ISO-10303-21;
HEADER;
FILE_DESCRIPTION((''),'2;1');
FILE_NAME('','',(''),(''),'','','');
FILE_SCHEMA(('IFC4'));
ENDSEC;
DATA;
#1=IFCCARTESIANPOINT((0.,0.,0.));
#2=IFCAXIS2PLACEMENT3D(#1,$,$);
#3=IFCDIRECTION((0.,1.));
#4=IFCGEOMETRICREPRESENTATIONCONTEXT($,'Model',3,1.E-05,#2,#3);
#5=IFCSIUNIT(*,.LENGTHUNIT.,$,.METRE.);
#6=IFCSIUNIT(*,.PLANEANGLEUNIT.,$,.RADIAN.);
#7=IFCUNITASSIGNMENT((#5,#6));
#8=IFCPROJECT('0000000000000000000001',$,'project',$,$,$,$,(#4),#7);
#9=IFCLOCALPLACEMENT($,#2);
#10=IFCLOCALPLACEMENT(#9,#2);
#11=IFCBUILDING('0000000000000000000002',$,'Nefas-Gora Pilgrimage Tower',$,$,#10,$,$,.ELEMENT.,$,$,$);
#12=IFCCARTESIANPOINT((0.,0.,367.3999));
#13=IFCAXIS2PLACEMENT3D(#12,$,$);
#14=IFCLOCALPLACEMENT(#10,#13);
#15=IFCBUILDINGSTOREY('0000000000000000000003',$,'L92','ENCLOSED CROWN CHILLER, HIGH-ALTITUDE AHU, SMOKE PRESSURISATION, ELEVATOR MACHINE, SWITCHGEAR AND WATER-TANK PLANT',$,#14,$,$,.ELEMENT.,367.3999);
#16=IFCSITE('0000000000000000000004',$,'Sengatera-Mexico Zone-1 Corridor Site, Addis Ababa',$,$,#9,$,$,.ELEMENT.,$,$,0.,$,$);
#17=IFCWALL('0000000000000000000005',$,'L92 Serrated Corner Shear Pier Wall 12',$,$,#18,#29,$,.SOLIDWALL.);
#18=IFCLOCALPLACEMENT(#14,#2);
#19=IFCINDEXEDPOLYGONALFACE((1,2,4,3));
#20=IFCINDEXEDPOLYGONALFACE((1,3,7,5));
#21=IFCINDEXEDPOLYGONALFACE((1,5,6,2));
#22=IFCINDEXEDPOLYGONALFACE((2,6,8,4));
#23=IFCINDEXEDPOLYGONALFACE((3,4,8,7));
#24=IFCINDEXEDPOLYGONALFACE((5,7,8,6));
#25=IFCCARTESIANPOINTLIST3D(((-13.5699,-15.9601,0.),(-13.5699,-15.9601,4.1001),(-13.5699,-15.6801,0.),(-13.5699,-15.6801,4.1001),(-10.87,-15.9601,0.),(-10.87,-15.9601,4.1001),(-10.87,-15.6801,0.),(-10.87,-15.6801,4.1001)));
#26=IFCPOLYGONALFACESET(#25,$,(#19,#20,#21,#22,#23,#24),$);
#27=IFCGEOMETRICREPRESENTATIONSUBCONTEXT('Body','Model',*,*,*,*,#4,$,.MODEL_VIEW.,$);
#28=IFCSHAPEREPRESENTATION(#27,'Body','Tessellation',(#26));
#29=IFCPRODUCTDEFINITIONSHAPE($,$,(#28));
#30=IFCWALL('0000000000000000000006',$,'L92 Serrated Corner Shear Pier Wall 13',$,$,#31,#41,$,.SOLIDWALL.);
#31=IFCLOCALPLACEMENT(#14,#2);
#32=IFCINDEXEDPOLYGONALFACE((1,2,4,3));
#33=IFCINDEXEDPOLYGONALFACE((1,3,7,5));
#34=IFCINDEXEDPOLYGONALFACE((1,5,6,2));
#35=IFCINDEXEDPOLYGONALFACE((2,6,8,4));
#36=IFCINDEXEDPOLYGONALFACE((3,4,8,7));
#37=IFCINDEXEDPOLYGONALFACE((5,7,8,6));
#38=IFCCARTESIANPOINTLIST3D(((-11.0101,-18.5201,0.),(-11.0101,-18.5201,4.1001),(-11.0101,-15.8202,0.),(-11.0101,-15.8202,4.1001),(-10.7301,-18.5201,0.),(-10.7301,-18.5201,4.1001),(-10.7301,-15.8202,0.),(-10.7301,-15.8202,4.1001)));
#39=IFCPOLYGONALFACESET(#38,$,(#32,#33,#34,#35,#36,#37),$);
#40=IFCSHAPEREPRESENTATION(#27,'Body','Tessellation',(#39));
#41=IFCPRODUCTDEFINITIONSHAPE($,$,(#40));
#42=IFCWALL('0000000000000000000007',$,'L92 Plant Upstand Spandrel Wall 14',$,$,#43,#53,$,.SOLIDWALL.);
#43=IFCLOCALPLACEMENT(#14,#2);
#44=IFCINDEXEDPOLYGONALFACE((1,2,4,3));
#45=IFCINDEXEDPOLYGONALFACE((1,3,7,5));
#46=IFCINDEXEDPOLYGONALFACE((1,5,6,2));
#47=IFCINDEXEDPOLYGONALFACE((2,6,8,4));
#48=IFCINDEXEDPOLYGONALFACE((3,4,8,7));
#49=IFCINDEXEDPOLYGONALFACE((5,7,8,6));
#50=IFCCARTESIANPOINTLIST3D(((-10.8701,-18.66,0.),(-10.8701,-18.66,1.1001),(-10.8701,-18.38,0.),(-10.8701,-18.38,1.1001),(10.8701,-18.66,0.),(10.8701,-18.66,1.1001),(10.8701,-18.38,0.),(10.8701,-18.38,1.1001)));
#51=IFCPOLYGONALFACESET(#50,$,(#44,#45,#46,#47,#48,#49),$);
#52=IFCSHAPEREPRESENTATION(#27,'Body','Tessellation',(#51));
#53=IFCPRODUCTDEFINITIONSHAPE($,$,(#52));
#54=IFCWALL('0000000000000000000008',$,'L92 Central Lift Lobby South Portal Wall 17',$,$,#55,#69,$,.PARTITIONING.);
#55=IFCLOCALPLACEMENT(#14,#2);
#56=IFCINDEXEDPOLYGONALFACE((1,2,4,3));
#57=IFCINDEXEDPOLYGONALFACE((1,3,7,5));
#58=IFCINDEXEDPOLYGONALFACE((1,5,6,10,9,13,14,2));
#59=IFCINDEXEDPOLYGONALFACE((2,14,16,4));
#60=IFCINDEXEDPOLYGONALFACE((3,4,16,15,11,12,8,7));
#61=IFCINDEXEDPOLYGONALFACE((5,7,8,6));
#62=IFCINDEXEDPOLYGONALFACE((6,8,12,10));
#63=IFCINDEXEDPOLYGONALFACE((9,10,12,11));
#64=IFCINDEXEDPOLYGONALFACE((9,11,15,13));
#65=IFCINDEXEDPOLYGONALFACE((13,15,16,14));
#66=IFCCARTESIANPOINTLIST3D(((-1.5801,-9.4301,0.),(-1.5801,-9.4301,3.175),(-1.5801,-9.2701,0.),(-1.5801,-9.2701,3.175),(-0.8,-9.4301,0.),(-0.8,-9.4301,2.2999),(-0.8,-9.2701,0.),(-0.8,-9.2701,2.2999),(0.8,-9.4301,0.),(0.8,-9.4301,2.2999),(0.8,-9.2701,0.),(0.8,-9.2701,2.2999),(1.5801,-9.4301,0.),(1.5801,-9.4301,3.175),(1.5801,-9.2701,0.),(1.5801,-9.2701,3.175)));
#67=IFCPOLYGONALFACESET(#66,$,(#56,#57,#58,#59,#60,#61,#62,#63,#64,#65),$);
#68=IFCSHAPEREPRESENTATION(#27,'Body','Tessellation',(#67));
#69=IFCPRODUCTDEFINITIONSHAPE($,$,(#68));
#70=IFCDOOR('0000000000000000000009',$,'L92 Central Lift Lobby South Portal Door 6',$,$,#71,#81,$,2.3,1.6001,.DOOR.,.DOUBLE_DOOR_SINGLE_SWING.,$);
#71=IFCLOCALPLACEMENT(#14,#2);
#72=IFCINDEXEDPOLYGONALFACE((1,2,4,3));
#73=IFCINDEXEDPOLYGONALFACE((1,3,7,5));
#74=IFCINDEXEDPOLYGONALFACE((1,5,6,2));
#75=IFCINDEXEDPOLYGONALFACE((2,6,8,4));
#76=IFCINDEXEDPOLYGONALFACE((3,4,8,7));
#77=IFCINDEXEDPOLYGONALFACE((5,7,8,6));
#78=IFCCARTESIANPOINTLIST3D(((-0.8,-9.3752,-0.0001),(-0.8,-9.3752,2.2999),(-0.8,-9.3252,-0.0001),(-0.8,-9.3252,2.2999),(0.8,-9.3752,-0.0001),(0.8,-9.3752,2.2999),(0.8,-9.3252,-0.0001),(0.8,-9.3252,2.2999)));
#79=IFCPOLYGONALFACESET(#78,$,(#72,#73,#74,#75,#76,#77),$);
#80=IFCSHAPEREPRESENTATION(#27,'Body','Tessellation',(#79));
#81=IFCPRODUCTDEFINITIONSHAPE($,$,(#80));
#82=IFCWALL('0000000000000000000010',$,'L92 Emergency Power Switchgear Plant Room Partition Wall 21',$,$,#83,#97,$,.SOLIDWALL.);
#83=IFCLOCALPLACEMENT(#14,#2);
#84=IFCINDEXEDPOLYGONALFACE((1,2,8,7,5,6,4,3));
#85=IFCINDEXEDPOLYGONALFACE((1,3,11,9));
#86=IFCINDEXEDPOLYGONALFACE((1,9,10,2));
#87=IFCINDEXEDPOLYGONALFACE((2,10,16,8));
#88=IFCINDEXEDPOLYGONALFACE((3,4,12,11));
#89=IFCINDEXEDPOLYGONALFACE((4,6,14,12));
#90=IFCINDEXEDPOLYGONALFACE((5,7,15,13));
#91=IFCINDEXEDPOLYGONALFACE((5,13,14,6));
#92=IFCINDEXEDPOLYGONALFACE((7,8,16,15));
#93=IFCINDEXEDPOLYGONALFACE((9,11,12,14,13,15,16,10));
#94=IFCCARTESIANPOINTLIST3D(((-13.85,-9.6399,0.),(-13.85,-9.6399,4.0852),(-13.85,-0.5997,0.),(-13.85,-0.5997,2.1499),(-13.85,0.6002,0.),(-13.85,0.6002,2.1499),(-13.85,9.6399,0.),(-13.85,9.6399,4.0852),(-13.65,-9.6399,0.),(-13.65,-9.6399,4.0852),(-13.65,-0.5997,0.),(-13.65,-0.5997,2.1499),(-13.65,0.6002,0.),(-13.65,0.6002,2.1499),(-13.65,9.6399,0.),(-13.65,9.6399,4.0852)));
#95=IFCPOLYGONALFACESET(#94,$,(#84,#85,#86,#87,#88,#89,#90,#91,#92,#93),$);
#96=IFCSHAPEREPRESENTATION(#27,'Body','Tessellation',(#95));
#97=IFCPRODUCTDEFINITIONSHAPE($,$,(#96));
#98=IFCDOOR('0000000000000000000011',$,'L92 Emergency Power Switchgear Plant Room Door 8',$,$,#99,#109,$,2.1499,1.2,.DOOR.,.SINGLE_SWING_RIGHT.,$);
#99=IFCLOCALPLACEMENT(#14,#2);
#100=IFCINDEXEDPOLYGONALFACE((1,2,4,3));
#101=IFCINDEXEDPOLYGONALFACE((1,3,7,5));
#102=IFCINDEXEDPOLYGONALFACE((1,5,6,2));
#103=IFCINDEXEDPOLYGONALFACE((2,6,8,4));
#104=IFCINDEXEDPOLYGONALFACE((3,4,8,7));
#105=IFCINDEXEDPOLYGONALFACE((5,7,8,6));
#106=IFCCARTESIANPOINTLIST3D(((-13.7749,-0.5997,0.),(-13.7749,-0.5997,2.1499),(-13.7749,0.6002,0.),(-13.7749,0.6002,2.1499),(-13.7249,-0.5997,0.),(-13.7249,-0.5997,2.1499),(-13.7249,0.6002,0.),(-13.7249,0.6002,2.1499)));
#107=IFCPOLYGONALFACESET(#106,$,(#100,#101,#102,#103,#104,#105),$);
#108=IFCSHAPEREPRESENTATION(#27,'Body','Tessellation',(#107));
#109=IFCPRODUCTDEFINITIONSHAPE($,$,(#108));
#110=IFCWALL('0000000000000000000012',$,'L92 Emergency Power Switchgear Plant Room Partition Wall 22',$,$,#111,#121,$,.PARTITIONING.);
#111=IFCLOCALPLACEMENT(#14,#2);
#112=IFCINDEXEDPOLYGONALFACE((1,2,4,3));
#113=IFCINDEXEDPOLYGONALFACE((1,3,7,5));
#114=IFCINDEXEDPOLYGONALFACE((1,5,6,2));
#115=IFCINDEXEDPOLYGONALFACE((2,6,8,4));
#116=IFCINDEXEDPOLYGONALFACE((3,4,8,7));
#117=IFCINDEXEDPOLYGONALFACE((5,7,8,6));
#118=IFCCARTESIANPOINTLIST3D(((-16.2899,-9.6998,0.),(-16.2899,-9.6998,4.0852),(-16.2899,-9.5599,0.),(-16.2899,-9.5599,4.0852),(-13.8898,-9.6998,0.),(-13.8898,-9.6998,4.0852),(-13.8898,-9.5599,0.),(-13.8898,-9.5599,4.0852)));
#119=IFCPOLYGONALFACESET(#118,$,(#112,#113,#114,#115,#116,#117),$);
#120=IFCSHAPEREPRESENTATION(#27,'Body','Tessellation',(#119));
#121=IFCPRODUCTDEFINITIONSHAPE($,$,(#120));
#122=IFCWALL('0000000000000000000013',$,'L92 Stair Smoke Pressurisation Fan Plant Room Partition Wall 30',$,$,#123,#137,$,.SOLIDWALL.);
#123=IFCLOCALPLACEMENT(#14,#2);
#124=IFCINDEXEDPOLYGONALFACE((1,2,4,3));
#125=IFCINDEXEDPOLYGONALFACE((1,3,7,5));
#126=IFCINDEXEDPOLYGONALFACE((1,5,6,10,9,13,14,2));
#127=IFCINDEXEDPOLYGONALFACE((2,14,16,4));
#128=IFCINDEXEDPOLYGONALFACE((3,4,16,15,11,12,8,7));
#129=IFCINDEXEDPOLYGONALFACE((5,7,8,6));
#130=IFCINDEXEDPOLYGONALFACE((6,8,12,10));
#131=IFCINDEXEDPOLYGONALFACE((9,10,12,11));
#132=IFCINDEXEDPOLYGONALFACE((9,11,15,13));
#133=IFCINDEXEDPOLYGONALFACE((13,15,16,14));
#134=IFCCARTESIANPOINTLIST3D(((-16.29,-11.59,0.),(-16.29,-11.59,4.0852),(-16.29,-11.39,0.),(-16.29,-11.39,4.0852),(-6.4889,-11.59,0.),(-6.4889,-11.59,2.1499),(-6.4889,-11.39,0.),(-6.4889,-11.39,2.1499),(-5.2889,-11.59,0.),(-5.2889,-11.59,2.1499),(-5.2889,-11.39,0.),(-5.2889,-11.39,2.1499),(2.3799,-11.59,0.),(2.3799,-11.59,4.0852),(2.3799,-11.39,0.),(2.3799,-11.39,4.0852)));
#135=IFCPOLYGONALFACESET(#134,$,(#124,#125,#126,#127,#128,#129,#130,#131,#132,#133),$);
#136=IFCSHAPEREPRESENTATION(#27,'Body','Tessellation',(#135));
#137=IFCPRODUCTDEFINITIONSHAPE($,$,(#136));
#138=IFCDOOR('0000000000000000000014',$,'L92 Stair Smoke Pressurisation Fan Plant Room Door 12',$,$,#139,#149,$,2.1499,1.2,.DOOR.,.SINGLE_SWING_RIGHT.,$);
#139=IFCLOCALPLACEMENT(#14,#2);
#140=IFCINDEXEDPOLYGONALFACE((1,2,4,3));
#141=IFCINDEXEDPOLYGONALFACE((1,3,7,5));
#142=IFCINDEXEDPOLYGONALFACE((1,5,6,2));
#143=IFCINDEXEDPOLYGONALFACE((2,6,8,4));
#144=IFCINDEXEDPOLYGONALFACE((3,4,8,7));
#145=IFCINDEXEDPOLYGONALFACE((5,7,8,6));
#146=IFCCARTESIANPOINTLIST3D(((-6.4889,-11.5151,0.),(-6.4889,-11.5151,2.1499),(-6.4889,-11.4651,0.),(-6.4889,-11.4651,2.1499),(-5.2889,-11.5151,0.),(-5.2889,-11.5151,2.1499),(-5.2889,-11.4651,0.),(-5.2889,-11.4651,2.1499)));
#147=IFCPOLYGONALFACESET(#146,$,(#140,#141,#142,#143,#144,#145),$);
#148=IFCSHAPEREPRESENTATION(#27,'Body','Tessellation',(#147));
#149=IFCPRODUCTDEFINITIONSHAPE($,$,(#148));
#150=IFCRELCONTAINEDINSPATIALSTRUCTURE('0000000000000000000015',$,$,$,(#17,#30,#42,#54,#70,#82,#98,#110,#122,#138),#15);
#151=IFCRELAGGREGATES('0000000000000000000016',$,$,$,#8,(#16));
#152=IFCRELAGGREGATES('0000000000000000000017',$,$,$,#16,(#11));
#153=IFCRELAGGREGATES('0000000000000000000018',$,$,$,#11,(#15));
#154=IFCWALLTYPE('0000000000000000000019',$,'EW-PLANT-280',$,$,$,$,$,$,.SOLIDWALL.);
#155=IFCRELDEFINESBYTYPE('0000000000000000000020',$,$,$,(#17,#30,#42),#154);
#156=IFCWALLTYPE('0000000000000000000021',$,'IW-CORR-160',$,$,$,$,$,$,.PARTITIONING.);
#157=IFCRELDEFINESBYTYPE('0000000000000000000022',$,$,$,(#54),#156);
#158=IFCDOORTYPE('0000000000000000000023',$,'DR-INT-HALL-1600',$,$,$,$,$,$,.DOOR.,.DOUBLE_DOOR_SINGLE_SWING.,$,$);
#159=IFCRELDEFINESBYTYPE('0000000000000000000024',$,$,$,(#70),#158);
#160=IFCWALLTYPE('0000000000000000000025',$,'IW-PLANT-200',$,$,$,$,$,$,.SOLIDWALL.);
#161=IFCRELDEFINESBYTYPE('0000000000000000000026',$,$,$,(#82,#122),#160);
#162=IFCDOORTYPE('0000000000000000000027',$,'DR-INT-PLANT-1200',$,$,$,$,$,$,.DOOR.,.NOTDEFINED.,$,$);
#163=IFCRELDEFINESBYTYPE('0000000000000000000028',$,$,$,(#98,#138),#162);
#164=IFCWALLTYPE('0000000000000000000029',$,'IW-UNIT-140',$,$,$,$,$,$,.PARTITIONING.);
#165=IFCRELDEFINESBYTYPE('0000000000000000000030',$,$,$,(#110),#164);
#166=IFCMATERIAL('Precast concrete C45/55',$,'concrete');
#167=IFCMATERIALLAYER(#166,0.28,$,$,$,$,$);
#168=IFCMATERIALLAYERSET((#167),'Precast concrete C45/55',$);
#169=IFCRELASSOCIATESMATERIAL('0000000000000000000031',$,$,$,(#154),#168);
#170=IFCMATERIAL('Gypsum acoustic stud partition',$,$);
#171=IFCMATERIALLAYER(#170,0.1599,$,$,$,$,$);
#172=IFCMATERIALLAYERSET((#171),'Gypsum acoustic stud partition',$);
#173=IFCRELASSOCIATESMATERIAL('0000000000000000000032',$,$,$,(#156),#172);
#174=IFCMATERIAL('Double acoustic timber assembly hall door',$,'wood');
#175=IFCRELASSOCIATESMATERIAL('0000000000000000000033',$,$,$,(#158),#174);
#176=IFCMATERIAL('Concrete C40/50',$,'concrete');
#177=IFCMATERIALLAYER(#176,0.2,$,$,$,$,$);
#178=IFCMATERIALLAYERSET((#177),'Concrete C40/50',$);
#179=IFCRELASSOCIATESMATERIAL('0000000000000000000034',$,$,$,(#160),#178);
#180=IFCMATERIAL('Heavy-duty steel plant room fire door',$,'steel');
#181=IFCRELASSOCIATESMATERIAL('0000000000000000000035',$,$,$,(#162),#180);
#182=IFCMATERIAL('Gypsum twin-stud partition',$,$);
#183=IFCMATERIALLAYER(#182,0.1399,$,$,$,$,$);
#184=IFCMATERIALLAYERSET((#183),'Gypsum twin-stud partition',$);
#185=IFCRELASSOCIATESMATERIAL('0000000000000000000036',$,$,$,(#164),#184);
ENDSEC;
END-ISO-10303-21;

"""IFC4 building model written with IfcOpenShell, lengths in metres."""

from ifc_helpers import new_model, si_unit, direction, frame, frame_2d, origin, place, context, subcontext, project, spatial, rectangle, extrude, source, transform, mapped, material, layer, layer_set, type_object, element, fill, save


model = new_model("IFC4")

# Units and contexts
model_context = context("Model", 3, precision=1e-05, world=origin(), true_north=direction((0.0, 1.0)))
body_context = subcontext(model_context, "Body", "Model", "MODEL_VIEW")
ifc_project = project(units=[si_unit("LENGTHUNIT", "METRE"), si_unit("PLANEANGLEUNIT", "RADIAN")], contexts=[model_context])

# Site, building, storey
site_placement = place(None, origin())
site = spatial("IfcSite", under=ifc_project, at=site_placement, Name="Sengatera-Mexico Zone-1 Corridor Site, Addis Ababa", CompositionType="ELEMENT", RefElevation=0.0)
building_placement = place(site_placement, origin())
building = spatial("IfcBuilding", under=site, at=building_placement, Name="Nefas-Gora Pilgrimage Tower", CompositionType="ELEMENT")
storey_placement = place(building_placement, frame((0.0, 0.0, 367.3999)))
storey = spatial("IfcBuildingStorey", under=building, at=storey_placement, Name="L92", Description="ENCLOSED CROWN CHILLER, HIGH-ALTITUDE AHU, SMOKE PRESSURISATION, ELEVATOR MACHINE, SWITCHGEAR AND WATER-TANK PLANT", CompositionType="ELEMENT", Elevation=367.3999)

# Shared definitions
ifc_material_1 = material(Name="Precast concrete C45/55", Category="concrete")

# Walls
ifc_layer_1 = layer(ifc_material_1, 0.28)
ifc_layer_set_1 = layer_set([ifc_layer_1], Name="Precast concrete C45/55")
wall_type_1 = type_object("IfcWallType", Name="EW-PLANT-280", PredefinedType="SOLIDWALL", material=ifc_layer_set_1)
shared_shape_1 = source(origin(), body_context, "Body", "SweptSolid", [
    extrude(rectangle(XDim=2.7, YDim=0.28, at=frame_2d((1.3501, 0.0))), origin(), (0.0, 0.0, 1.0), 4.1001),
])
for number, where, z_axis, x_axis, name in (
    (1, (-13.5701, -15.8201, 0.0), (0.0, 0.0, 1.0), (1.0, 0.0, 0.0), "L92 Serrated Corner Shear Pier Wall 12"),
    (2, (-10.8701, -15.8201, 0.0), (0.0, 0.0, 1.0), (0.0, -1.0, 0.0), "L92 Serrated Corner Shear Pier Wall 13"),
):
    element("IfcWall", number, at=place(storey_placement, frame(where, z_axis=z_axis, x_axis=x_axis)), inside=storey, type_object=wall_type_1, Name=name, PredefinedType="SOLIDWALL", context=body_context, shape_type="MappedRepresentation", body=[
        mapped(shared_shape_1, transform((0.0, 0.0, 0.0), x_axis=(1.0, 0.0, 0.0), y_axis=(0.0, 1.0, 0.0), z_axis=(0.0, 0.0, 1.0), scale=1.0)),
    ])
shared_shape_2 = source(origin(), body_context, "Body", "SweptSolid", [
    extrude(rectangle(XDim=21.7402, YDim=0.28, at=frame_2d((10.8701, 0.0))), origin(), (0.0, 0.0, 1.0), 1.1001),
])
wall_1_placement = place(storey_placement, frame((-10.8701, -18.52, 0.0), z_axis=(0.0, 0.0, 1.0), x_axis=(1.0, 0.0, 0.0)))
element("IfcWall", 3, at=wall_1_placement, inside=storey, type_object=wall_type_1, Name="L92 Plant Upstand Spandrel Wall 14", PredefinedType="SOLIDWALL", context=body_context, shape_type="MappedRepresentation", body=[
    mapped(shared_shape_2, transform((0.0, 0.0, 0.0), x_axis=(1.0, 0.0, 0.0), y_axis=(0.0, 1.0, 0.0), z_axis=(0.0, 0.0, 1.0), scale=1.0)),
])

# Walls, openings, doors
ifc_material_2 = material(Name="Gypsum acoustic stud partition")
ifc_layer_2 = layer(ifc_material_2, 0.1599)
ifc_layer_set_2 = layer_set([ifc_layer_2], Name="Gypsum acoustic stud partition")
wall_type_2 = type_object("IfcWallType", Name="IW-CORR-160", PredefinedType="PARTITIONING", material=ifc_layer_set_2)
shared_shape_3 = source(origin(), body_context, "Body", "SweptSolid", [
    extrude(rectangle(XDim=3.1602, YDim=0.1599, at=frame_2d((1.5801, 0.0))), origin(), (0.0, 0.0, 1.0), 3.175),
])
wall_2_placement = place(storey_placement, frame((-1.5801, -9.3501, 0.0), z_axis=(0.0, 0.0, 1.0), x_axis=(1.0, 0.0, 0.0)))
wall_2 = element("IfcWall", 4, at=wall_2_placement, inside=storey, type_object=wall_type_2, Name="L92 Central Lift Lobby South Portal Wall 17", PredefinedType="PARTITIONING", context=body_context, shape_type="MappedRepresentation", body=[
    mapped(shared_shape_3, transform((0.0, 0.0, 0.0), x_axis=(1.0, 0.0, 0.0), y_axis=(0.0, 1.0, 0.0), z_axis=(0.0, 0.0, 1.0), scale=1.0)),
])
opening_1_placement = place(wall_2_placement, frame((0.78, 0.0, 0.0)))
opening_1 = element("IfcOpeningElement", 5, at=opening_1_placement, cuts=wall_2, PredefinedType="OPENING", context=body_context, shape_type="SweptSolid", body=[
    extrude(rectangle(XDim=1.6001, YDim=2.3, at=frame_2d((0.8, 1.1499))), frame((0.0, 0.0898, 0.0), z_axis=(0.0, -1.0, 0.0), x_axis=(1.0, 0.0, 0.0)), (0.0, 0.0, 1.0), 0.1799),
])
ifc_material_3 = material(Name="Double acoustic timber assembly hall door", Category="wood")
door_type_1 = type_object("IfcDoorType", Name="DR-INT-HALL-1600", OperationType="DOUBLE_DOOR_SINGLE_SWING", PredefinedType="DOOR", material=ifc_material_3)
shared_shape_4 = source(origin(), body_context, "Body", "SweptSolid", [
    extrude(rectangle(XDim=1.6001, YDim=2.3, at=frame_2d((0.8, 1.1499))), frame((0.0, 0.0249, 0.0), z_axis=(0.0, -1.0, 0.0), x_axis=(1.0, 0.0, 0.0)), (0.0, 0.0, 1.0), 0.05),
])
door_1_placement = place(opening_1_placement, origin())
door_1 = element("IfcDoor", 6, at=door_1_placement, inside=storey, type_object=door_type_1, Name="L92 Central Lift Lobby South Portal Door 6", OperationType="DOUBLE_DOOR_SINGLE_SWING", OverallHeight=2.3, OverallWidth=1.6001, PredefinedType="DOOR", context=body_context, shape_type="MappedRepresentation", body=[
    mapped(shared_shape_4, transform((0.0, 0.0, 0.0), x_axis=(1.0, 0.0, 0.0), y_axis=(0.0, 1.0, 0.0), z_axis=(0.0, 0.0, 1.0), scale=1.0)),
])
fill(opening_1, door_1)
ifc_material_4 = material(Name="Concrete C40/50", Category="concrete")
ifc_layer_3 = layer(ifc_material_4, 0.2)
ifc_layer_set_3 = layer_set([ifc_layer_3], Name="Concrete C40/50")
wall_type_3 = type_object("IfcWallType", Name="IW-PLANT-200", PredefinedType="SOLIDWALL", material=ifc_layer_set_3)
shared_shape_5 = source(origin(), body_context, "Body", "SweptSolid", [
    extrude(rectangle(XDim=19.2798, YDim=0.2, at=frame_2d((9.6399, 0.0))), origin(), (0.0, 0.0, 1.0), 4.0852),
])
wall_3_placement = place(storey_placement, frame((-13.75, -9.6399, 0.0), z_axis=(0.0, 0.0, 1.0), x_axis=(0.0, 1.0, 0.0)))
wall_3 = element("IfcWall", 7, at=wall_3_placement, inside=storey, type_object=wall_type_3, Name="L92 Emergency Power Switchgear Plant Room Partition Wall 21", PredefinedType="SOLIDWALL", context=body_context, shape_type="MappedRepresentation", body=[
    mapped(shared_shape_5, transform((0.0, 0.0, 0.0), x_axis=(1.0, 0.0, 0.0), y_axis=(0.0, 1.0, 0.0), z_axis=(0.0, 0.0, 1.0), scale=1.0)),
])
opening_2_placement = place(wall_3_placement, frame((9.04, 0.0, 0.0)))
opening_2 = element("IfcOpeningElement", 8, at=opening_2_placement, cuts=wall_3, PredefinedType="OPENING", context=body_context, shape_type="SweptSolid", body=[
    extrude(rectangle(XDim=1.2, YDim=2.1499, at=frame_2d((0.6001, 1.075))), frame((0.0, 0.1099, 0.0), z_axis=(0.0, -1.0, 0.0), x_axis=(1.0, 0.0, 0.0)), (0.0, 0.0, 1.0), 0.22),
])
ifc_material_5 = material(Name="Heavy-duty steel plant room fire door", Category="steel")
door_type_2 = type_object("IfcDoorType", Name="DR-INT-PLANT-1200", OperationType="NOTDEFINED", PredefinedType="DOOR", material=ifc_material_5)
shared_shape_6 = source(origin(), body_context, "Body", "SweptSolid", [
    extrude(rectangle(XDim=1.2, YDim=2.1499, at=frame_2d((0.6001, 1.075))), frame((0.0, 0.0249, 0.0), z_axis=(0.0, -1.0, 0.0), x_axis=(1.0, 0.0, 0.0)), (0.0, 0.0, 1.0), 0.05),
])
door_2_placement = place(opening_2_placement, origin())
door_2 = element("IfcDoor", 9, at=door_2_placement, inside=storey, type_object=door_type_2, Name="L92 Emergency Power Switchgear Plant Room Door 8", OperationType="SINGLE_SWING_RIGHT", OverallHeight=2.1499, OverallWidth=1.2, PredefinedType="DOOR", context=body_context, shape_type="MappedRepresentation", body=[
    mapped(shared_shape_6, transform((0.0, 0.0, 0.0), x_axis=(1.0, 0.0, 0.0), y_axis=(0.0, 1.0, 0.0), z_axis=(0.0, 0.0, 1.0), scale=1.0)),
])
fill(opening_2, door_2)

# Wall
ifc_material_6 = material(Name="Gypsum twin-stud partition")
ifc_layer_4 = layer(ifc_material_6, 0.1399)
ifc_layer_set_4 = layer_set([ifc_layer_4], Name="Gypsum twin-stud partition")
wall_type_4 = type_object("IfcWallType", Name="IW-UNIT-140", PredefinedType="PARTITIONING", material=ifc_layer_set_4)
shared_shape_7 = source(origin(), body_context, "Body", "SweptSolid", [
    extrude(rectangle(XDim=2.4001, YDim=0.1399, at=frame_2d((1.2002, 0.0))), origin(), (0.0, 0.0, 1.0), 4.0852),
])
wall_4_placement = place(storey_placement, frame((-16.29, -9.6299, 0.0), z_axis=(0.0, 0.0, 1.0), x_axis=(1.0, 0.0, 0.0)))
element("IfcWall", 10, at=wall_4_placement, inside=storey, type_object=wall_type_4, Name="L92 Emergency Power Switchgear Plant Room Partition Wall 22", PredefinedType="PARTITIONING", context=body_context, shape_type="MappedRepresentation", body=[
    mapped(shared_shape_7, transform((0.0, 0.0, 0.0), x_axis=(1.0, 0.0, 0.0), y_axis=(0.0, 1.0, 0.0), z_axis=(0.0, 0.0, 1.0), scale=1.0)),
])

# Wall, opening, door
shared_shape_8 = source(origin(), body_context, "Body", "SweptSolid", [
    extrude(rectangle(XDim=18.6699, YDim=0.2, at=frame_2d((9.335, 0.0))), origin(), (0.0, 0.0, 1.0), 4.0852),
])
wall_5_placement = place(storey_placement, frame((-16.29, -11.49, 0.0), z_axis=(0.0, 0.0, 1.0), x_axis=(1.0, 0.0, 0.0)))
wall_5 = element("IfcWall", 11, at=wall_5_placement, inside=storey, type_object=wall_type_3, Name="L92 Stair Smoke Pressurisation Fan Plant Room Partition Wall 30", PredefinedType="SOLIDWALL", context=body_context, shape_type="MappedRepresentation", body=[
    mapped(shared_shape_8, transform((0.0, 0.0, 0.0), x_axis=(1.0, 0.0, 0.0), y_axis=(0.0, 1.0, 0.0), z_axis=(0.0, 0.0, 1.0), scale=1.0)),
])
opening_3_placement = place(wall_5_placement, frame((9.801, 0.0, 0.0)))
opening_3 = element("IfcOpeningElement", 12, at=opening_3_placement, cuts=wall_5, PredefinedType="OPENING", context=body_context, shape_type="SweptSolid", body=[
    extrude(rectangle(XDim=1.2, YDim=2.1499, at=frame_2d((0.6001, 1.075))), frame((0.0, 0.1099, 0.0), z_axis=(0.0, -1.0, 0.0), x_axis=(1.0, 0.0, 0.0)), (0.0, 0.0, 1.0), 0.22),
])
door_3_placement = place(opening_3_placement, origin())
door_3 = element("IfcDoor", 13, at=door_3_placement, inside=storey, type_object=door_type_2, Name="L92 Stair Smoke Pressurisation Fan Plant Room Door 12", OperationType="SINGLE_SWING_RIGHT", OverallHeight=2.1499, OverallWidth=1.2, PredefinedType="DOOR", context=body_context, shape_type="MappedRepresentation", body=[
    mapped(shared_shape_6, transform((0.0, 0.0, 0.0), x_axis=(1.0, 0.0, 0.0), y_axis=(0.0, 1.0, 0.0), z_axis=(0.0, 0.0, 1.0), scale=1.0)),
])
fill(opening_3, door_3)

save(model, "model.ifc")
